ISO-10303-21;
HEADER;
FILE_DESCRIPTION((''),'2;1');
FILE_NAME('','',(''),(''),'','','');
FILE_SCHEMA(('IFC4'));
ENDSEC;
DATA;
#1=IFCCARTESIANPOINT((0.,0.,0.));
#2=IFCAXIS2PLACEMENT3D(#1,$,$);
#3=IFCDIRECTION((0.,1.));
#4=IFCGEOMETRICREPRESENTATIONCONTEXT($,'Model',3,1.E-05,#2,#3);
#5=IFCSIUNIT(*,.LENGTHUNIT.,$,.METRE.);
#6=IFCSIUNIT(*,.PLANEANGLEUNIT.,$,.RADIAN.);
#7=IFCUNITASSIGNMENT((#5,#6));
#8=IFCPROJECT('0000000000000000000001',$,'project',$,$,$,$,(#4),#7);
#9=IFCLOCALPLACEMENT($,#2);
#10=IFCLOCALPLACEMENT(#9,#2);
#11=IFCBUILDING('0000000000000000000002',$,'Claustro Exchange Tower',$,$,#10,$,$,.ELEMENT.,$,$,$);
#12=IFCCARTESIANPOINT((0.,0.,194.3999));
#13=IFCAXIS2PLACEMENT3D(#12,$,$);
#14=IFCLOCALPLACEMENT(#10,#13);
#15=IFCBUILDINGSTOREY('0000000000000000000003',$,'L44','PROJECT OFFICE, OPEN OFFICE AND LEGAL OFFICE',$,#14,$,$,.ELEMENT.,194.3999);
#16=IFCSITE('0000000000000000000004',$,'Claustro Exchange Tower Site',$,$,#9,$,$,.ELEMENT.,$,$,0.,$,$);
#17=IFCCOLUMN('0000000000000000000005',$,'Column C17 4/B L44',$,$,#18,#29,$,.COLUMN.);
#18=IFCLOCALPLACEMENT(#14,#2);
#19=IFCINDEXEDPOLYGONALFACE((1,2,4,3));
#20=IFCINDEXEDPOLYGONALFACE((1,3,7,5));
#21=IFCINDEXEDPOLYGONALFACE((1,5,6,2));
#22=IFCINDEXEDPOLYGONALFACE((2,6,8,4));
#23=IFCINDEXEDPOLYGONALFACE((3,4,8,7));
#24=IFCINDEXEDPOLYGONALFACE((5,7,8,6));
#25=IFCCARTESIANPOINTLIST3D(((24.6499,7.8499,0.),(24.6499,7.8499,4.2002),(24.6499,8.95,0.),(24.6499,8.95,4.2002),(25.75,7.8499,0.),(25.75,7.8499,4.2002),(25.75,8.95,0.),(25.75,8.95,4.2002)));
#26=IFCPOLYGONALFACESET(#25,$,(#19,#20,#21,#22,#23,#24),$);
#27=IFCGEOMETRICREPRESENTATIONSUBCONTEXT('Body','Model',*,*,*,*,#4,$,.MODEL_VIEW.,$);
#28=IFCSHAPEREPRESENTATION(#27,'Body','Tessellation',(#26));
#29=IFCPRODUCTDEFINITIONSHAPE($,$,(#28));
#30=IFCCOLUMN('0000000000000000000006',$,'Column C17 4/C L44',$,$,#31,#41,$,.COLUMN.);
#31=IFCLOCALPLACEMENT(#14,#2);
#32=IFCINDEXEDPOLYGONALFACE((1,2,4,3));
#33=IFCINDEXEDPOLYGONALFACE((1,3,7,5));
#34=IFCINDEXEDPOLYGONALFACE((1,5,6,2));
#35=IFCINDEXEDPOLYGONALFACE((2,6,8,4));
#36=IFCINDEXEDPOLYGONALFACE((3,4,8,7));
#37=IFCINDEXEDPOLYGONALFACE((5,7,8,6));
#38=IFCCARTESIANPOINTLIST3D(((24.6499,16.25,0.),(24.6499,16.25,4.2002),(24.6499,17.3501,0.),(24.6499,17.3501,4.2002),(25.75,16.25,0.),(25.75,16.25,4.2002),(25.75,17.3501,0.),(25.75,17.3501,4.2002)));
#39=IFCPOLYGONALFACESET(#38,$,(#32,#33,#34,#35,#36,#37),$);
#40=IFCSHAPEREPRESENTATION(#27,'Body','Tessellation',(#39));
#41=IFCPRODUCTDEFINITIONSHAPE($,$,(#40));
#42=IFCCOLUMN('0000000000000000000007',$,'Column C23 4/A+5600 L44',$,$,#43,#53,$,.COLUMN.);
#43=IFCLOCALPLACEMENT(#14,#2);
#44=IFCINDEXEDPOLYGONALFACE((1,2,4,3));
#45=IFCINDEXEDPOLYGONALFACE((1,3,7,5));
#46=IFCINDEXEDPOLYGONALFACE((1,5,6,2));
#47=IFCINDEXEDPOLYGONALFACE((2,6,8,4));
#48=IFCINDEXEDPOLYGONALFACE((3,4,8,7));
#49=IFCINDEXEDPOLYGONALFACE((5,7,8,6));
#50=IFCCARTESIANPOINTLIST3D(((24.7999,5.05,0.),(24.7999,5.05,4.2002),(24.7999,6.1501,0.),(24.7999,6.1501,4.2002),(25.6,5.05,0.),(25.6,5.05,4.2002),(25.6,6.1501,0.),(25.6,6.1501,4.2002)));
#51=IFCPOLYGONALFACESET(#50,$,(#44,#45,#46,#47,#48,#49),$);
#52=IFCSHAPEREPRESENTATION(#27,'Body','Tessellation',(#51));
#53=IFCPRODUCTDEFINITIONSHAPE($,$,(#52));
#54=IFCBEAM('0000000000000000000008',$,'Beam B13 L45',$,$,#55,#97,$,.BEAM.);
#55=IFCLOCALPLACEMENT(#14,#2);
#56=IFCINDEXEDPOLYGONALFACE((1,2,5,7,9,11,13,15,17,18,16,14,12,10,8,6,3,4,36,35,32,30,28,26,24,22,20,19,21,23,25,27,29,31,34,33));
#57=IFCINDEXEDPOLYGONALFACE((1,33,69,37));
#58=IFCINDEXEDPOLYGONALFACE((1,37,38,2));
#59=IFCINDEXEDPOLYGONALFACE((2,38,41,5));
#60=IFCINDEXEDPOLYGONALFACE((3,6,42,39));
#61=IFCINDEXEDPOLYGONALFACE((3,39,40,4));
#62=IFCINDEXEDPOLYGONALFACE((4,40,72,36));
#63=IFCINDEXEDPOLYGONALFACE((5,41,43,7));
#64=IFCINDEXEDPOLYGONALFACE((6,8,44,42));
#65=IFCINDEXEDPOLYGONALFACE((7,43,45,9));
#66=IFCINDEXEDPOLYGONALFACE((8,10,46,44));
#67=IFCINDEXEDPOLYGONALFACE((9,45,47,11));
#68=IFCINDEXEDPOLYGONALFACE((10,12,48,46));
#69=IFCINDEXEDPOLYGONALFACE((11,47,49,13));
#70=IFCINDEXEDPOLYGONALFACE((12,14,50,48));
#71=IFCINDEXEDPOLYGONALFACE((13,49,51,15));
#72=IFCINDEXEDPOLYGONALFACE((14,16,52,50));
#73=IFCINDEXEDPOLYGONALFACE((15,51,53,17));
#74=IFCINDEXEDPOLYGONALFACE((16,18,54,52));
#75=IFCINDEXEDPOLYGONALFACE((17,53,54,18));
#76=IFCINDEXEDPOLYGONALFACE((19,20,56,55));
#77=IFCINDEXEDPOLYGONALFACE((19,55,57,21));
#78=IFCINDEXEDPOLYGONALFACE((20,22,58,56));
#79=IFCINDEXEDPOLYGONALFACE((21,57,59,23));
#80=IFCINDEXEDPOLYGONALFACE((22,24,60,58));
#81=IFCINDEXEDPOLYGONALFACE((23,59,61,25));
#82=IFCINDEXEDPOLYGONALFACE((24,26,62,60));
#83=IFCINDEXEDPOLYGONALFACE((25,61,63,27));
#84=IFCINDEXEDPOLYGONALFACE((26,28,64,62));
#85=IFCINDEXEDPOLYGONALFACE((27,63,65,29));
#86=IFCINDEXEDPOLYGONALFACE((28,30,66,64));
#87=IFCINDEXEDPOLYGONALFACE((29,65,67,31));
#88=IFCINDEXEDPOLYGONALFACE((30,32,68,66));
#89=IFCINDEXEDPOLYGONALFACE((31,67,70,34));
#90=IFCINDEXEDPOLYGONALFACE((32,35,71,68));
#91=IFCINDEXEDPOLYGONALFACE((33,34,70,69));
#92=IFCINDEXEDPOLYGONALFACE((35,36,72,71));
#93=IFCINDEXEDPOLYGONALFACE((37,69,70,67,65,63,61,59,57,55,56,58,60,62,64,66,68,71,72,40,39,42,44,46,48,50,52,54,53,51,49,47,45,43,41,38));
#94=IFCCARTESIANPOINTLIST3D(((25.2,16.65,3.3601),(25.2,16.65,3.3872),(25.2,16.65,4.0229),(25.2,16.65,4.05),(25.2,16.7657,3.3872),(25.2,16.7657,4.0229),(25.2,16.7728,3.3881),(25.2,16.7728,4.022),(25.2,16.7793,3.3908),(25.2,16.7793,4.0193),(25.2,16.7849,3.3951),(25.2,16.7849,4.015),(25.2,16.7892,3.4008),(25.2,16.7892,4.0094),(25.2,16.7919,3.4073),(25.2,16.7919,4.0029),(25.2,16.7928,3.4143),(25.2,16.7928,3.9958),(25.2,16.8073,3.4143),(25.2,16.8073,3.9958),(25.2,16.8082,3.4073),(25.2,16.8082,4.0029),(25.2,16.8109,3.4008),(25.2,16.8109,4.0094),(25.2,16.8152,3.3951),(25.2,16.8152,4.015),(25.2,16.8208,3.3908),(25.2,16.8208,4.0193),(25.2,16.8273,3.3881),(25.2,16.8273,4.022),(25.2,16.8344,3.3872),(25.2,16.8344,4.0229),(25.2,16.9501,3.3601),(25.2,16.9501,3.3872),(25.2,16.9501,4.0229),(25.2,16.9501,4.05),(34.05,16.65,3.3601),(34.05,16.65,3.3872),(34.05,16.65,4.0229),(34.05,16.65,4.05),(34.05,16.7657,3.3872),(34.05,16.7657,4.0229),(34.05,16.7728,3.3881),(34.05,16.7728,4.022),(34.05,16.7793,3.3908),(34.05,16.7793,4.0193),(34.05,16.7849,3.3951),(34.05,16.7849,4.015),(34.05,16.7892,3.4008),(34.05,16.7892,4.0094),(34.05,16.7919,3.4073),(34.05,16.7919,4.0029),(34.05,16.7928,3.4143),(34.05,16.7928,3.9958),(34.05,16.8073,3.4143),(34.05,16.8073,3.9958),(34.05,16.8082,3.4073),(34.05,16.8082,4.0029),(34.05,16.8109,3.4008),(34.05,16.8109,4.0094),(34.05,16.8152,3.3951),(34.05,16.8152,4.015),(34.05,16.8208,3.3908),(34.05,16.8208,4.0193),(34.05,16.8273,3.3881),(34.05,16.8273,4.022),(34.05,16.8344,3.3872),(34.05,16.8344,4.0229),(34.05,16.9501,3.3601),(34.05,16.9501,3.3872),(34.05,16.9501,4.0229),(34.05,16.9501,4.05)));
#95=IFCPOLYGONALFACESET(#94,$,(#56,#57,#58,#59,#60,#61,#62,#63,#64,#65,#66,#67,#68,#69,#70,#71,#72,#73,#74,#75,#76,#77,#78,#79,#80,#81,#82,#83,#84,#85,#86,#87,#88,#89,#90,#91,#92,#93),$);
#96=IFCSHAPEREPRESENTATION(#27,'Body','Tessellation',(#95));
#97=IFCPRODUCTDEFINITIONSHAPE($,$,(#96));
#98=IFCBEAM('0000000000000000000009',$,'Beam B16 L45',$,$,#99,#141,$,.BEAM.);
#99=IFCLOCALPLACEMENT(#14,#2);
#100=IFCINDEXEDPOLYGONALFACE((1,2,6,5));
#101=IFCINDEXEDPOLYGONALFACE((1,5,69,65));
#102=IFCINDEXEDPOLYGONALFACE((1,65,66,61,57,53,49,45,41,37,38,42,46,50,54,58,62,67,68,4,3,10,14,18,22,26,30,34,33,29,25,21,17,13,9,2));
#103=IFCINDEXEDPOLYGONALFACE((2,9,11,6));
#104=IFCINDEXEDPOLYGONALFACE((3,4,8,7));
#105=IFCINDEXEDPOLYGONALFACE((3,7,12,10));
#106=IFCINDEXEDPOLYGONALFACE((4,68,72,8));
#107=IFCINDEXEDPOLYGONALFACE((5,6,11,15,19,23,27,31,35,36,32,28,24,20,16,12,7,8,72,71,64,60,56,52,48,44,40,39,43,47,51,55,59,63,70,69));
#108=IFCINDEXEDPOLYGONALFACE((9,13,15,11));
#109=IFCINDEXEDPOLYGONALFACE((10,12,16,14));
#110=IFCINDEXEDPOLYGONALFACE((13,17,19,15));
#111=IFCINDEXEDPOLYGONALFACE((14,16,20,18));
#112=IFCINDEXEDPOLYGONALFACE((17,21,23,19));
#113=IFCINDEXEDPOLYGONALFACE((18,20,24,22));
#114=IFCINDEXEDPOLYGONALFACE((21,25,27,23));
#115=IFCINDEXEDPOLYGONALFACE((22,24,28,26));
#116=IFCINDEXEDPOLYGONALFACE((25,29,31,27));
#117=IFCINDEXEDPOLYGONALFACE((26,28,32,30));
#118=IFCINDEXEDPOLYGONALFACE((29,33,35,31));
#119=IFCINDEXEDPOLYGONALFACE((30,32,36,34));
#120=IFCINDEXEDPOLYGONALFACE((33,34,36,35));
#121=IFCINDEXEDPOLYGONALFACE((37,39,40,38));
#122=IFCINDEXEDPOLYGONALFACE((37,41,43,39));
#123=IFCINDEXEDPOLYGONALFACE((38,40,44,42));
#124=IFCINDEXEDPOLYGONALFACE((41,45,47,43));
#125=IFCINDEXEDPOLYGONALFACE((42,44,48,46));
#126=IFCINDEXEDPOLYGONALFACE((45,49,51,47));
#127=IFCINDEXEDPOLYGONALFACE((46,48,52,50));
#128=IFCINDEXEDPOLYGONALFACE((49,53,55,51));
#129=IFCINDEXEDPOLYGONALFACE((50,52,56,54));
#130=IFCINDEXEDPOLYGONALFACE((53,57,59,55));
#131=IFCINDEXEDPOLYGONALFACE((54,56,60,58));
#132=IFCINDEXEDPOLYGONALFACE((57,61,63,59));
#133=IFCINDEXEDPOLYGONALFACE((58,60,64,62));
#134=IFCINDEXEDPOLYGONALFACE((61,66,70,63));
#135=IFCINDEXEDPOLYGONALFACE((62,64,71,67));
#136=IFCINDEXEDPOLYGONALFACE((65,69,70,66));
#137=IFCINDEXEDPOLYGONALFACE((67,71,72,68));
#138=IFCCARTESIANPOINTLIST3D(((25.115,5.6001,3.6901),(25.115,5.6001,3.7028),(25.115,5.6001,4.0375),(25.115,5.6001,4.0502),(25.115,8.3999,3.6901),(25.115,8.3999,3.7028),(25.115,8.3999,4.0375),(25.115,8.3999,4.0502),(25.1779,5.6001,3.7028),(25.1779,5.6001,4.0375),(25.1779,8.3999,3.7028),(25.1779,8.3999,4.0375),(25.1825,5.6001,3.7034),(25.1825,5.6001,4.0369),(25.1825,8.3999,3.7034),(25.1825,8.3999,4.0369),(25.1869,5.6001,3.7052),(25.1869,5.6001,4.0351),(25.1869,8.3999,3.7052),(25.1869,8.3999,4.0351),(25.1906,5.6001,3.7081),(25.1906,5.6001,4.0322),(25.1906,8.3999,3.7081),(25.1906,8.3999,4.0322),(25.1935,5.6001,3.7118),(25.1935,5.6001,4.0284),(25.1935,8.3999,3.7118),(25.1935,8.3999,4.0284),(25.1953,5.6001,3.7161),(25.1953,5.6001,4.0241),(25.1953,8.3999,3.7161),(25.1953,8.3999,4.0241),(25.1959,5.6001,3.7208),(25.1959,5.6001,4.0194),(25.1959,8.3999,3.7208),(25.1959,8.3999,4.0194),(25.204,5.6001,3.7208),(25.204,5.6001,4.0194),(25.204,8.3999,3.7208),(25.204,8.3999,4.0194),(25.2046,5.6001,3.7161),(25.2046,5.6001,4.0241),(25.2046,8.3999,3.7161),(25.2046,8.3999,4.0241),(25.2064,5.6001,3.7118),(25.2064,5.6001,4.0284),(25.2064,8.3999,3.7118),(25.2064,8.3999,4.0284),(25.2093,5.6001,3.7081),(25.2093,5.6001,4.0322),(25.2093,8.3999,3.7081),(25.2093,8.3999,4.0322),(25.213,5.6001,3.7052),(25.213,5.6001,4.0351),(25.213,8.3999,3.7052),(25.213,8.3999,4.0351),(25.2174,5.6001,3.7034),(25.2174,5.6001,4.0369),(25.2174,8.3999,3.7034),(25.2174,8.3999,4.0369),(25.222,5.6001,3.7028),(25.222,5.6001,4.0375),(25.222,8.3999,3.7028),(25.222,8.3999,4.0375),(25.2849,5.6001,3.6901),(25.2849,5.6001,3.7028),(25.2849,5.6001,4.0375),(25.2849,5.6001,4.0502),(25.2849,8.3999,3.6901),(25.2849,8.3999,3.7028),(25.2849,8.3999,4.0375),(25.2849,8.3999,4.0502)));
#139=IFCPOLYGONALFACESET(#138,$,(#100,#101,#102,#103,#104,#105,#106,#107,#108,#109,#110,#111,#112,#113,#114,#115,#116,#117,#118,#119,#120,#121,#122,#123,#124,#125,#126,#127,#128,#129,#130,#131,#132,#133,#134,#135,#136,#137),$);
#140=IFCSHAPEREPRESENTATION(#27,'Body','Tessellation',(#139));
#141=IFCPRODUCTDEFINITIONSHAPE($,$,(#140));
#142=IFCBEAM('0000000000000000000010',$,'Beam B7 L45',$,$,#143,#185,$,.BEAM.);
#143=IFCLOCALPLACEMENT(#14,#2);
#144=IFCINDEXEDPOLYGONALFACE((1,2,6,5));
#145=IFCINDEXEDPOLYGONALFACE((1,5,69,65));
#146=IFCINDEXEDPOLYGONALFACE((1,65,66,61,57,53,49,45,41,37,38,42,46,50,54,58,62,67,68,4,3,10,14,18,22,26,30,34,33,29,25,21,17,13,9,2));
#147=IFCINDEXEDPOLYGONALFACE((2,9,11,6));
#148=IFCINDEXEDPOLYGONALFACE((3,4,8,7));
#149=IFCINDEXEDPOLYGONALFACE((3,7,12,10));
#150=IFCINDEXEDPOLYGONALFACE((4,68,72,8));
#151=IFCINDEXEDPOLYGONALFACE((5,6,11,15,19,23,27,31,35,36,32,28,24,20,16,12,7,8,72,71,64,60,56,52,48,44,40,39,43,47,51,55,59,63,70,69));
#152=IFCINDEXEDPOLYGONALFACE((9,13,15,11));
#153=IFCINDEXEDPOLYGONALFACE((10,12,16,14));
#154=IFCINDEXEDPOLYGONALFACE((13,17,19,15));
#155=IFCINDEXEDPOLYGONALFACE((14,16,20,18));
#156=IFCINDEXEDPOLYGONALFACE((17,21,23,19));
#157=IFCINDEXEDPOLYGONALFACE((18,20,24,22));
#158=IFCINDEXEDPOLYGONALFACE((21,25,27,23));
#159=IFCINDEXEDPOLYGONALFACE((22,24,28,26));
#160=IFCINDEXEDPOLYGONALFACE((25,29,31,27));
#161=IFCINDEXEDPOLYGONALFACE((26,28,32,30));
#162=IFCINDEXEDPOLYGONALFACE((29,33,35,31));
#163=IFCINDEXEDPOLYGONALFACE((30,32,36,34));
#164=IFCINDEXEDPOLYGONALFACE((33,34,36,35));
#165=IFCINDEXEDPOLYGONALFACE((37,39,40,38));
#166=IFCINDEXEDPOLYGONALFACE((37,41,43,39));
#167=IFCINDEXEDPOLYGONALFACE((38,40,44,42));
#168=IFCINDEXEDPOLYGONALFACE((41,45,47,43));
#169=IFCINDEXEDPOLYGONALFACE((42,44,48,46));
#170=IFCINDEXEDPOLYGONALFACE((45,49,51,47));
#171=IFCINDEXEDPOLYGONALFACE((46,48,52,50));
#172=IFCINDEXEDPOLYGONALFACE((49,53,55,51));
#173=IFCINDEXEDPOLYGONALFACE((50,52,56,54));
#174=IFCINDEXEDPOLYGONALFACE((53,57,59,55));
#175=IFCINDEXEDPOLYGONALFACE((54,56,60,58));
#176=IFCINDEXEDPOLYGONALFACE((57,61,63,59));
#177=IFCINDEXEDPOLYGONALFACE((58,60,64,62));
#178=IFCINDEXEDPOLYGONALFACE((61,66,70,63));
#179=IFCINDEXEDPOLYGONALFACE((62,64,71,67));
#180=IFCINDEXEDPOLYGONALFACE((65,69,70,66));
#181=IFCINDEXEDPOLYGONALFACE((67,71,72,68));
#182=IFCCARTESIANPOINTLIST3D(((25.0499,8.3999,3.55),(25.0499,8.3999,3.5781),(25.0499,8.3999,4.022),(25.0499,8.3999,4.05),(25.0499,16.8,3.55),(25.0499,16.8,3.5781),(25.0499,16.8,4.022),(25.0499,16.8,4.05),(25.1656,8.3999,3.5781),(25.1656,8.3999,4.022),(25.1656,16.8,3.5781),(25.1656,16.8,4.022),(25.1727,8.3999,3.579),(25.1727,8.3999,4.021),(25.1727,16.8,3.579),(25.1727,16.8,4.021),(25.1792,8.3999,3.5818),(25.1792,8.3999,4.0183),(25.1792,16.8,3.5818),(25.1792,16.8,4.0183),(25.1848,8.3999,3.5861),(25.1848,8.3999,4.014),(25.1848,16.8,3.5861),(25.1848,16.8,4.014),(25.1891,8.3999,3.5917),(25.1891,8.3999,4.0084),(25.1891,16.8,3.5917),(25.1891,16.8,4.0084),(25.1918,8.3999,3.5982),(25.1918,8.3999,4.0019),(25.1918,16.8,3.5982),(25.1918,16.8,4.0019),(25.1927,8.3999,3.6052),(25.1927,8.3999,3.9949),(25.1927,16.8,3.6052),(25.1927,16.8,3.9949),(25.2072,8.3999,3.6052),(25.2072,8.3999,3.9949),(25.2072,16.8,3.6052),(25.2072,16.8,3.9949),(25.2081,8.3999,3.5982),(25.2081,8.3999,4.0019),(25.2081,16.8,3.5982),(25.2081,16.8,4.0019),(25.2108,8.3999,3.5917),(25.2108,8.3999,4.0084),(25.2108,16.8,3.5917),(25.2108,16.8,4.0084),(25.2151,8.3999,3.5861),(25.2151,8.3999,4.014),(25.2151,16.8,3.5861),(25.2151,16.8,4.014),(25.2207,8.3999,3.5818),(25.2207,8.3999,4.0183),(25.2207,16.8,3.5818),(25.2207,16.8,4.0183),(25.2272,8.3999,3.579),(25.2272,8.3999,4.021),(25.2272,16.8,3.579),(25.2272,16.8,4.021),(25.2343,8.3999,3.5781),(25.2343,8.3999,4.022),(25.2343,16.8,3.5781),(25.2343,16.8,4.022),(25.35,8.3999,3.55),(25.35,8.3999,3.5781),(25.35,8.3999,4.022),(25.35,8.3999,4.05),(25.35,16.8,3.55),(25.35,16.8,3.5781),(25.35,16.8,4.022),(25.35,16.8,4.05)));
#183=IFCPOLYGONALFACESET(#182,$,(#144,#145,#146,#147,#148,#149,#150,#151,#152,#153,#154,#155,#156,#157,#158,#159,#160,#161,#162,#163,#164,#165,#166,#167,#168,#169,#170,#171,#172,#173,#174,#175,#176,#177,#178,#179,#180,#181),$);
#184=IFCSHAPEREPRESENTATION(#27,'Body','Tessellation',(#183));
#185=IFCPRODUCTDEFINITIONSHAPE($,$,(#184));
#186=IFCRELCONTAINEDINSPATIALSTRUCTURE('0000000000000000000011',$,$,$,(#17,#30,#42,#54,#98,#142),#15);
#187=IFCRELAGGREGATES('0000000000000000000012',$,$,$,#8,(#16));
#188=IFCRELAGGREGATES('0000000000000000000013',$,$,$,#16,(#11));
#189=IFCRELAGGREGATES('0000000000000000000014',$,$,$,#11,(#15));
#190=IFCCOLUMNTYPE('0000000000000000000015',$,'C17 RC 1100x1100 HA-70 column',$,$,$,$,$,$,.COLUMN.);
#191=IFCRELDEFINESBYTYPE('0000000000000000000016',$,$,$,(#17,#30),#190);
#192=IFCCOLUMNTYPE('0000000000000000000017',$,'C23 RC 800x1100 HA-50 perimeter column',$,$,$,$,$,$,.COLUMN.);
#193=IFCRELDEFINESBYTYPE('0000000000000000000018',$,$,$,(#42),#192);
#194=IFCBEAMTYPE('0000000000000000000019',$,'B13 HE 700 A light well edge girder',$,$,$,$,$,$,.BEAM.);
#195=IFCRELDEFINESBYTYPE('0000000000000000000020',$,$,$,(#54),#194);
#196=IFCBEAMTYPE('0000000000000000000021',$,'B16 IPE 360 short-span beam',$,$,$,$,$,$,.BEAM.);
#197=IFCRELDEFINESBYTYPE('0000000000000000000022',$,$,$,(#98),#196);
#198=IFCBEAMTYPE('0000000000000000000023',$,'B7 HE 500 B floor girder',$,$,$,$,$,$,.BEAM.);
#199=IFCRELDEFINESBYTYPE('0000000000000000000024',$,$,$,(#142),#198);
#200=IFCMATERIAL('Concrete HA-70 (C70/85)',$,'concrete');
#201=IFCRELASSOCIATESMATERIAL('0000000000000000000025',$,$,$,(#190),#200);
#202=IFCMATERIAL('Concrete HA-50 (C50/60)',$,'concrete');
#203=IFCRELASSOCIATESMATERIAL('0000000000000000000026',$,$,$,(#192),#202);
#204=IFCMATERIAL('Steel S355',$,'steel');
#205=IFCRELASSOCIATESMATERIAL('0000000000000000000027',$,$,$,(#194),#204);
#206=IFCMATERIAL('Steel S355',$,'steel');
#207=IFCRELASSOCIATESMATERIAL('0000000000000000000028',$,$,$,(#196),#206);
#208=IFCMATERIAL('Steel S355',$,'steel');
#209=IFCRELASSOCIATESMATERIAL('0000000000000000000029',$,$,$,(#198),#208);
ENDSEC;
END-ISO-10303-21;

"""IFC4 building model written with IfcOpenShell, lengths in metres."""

from ifc_helpers import new_model, si_unit, direction, frame, origin, origin_2d, place, context, subcontext, project, spatial, rectangle, i_section, extrude, material, material_profile, profile_set, type_object, element, save


model = new_model("IFC4")

# Units and contexts
model_context = context("Model", 3, precision=1e-05, world=origin(), true_north=direction((0.0, 1.0)))
body_context = subcontext(model_context, "Body", "Model", "MODEL_VIEW")
ifc_project = project(units=[si_unit("LENGTHUNIT", "METRE"), si_unit("PLANEANGLEUNIT", "RADIAN")], contexts=[model_context])

# Site, building, storey
site_placement = place(None, origin())
site = spatial("IfcSite", under=ifc_project, at=site_placement, Name="Claustro Exchange Tower Site", CompositionType="ELEMENT", RefElevation=0.0)
building_placement = place(site_placement, origin())
building = spatial("IfcBuilding", under=site, at=building_placement, Name="Claustro Exchange Tower", CompositionType="ELEMENT")
storey_placement = place(building_placement, frame((0.0, 0.0, 194.3999)))
storey = spatial("IfcBuildingStorey", under=building, at=storey_placement, Name="L44", Description="PROJECT OFFICE, OPEN OFFICE AND LEGAL OFFICE", CompositionType="ELEMENT", Elevation=194.3999)

# Columns
ifc_material_1 = material(Name="Concrete HA-70 (C70/85)", Category="concrete")
ifc_material_profile_1 = material_profile(ifc_material_1, rectangle(XDim=1.1001, YDim=1.1001, at=origin_2d()), Name="RC 1100x1100")
ifc_profile_set_1 = profile_set([ifc_material_profile_1], Name="Concrete HA-70 (C70/85)")
column_type_1 = type_object("IfcColumnType", Name="C17 RC 1100x1100 HA-70 column", PredefinedType="COLUMN", material=ifc_profile_set_1)
for number, where, z_axis, x_axis, name in (
    (1, (25.2, 8.3999, 0.0), (0.0, 0.0, 1.0), (1.0, 0.0, 0.0), "Column C17 4/B L44"),
    (2, (25.2, 16.8, 0.0), (0.0, 0.0, 1.0), (1.0, 0.0, 0.0), "Column C17 4/C L44"),
):
    element("IfcColumn", number, at=place(storey_placement, frame(where, z_axis=z_axis, x_axis=x_axis)), inside=storey, type_object=column_type_1, Name=name, PredefinedType="COLUMN", context=body_context, shape_type="SweptSolid", body=[
        extrude(rectangle(XDim=1.1001, YDim=1.1001, at=origin_2d()), origin(), (0.0, 0.0, 1.0), 4.2002),
    ])
ifc_material_2 = material(Name="Concrete HA-50 (C50/60)", Category="concrete")
ifc_material_profile_2 = material_profile(ifc_material_2, rectangle(XDim=0.8, YDim=1.1001, at=origin_2d()), Name="RC 800x1100")
ifc_profile_set_2 = profile_set([ifc_material_profile_2], Name="Concrete HA-50 (C50/60)")
column_type_2 = type_object("IfcColumnType", Name="C23 RC 800x1100 HA-50 perimeter column", PredefinedType="COLUMN", material=ifc_profile_set_2)
column_placement = place(storey_placement, frame((25.2, 5.6001, 0.0), z_axis=(0.0, 0.0, 1.0), x_axis=(1.0, 0.0, 0.0)))
element("IfcColumn", 3, at=column_placement, inside=storey, type_object=column_type_2, Name="Column C23 4/A+5600 L44", PredefinedType="COLUMN", context=body_context, shape_type="SweptSolid", body=[
    extrude(rectangle(XDim=0.8, YDim=1.1001, at=origin_2d()), origin(), (0.0, 0.0, 1.0), 4.2002),
])

# Beams
ifc_material_3 = material(Name="Steel S355", Category="steel")
ifc_material_profile_3 = material_profile(ifc_material_3, i_section(OverallWidth=0.3, OverallDepth=0.6899, WebThickness=0.0144, FlangeThickness=0.0271, FilletRadius=0.0271, at=origin_2d()), Name="HE 700 A")
ifc_profile_set_3 = profile_set([ifc_material_profile_3], Name="Steel S355")
beam_type_1 = type_object("IfcBeamType", Name="B13 HE 700 A light well edge girder", PredefinedType="BEAM", material=ifc_profile_set_3)
beam_1_placement = place(storey_placement, frame((25.2, 16.8, 3.7051), z_axis=(1.0, 0.0, 0.0), x_axis=(0.0, 1.0, 0.0)))
element("IfcBeam", 4, at=beam_1_placement, inside=storey, type_object=beam_type_1, Name="Beam B13 L45", PredefinedType="BEAM", context=body_context, shape_type="SweptSolid", body=[
    extrude(i_section(OverallWidth=0.3, OverallDepth=0.6899, WebThickness=0.0144, FlangeThickness=0.0271, FilletRadius=0.0271, at=origin_2d()), origin(), (0.0, 0.0, 1.0), 8.8501),
])
ifc_material_4 = material(Name="Steel S355", Category="steel")
ifc_material_profile_4 = material_profile(ifc_material_4, i_section(OverallWidth=0.1699, OverallDepth=0.3601, WebThickness=0.0081, FlangeThickness=0.0127, FilletRadius=0.0181, at=origin_2d()), Name="IPE 360")
ifc_profile_set_4 = profile_set([ifc_material_profile_4], Name="Steel S355")
beam_type_2 = type_object("IfcBeamType", Name="B16 IPE 360 short-span beam", PredefinedType="BEAM", material=ifc_profile_set_4)
beam_2_placement = place(storey_placement, frame((25.2, 5.6001, 3.8701), z_axis=(0.0, 1.0, 0.0), x_axis=(-1.0, 0.0, 0.0)))
element("IfcBeam", 5, at=beam_2_placement, inside=storey, type_object=beam_type_2, Name="Beam B16 L45", PredefinedType="BEAM", context=body_context, shape_type="SweptSolid", body=[
    extrude(i_section(OverallWidth=0.1699, OverallDepth=0.3601, WebThickness=0.0081, FlangeThickness=0.0127, FilletRadius=0.0181, at=origin_2d()), origin(), (0.0, 0.0, 1.0), 2.7998),
])
ifc_material_5 = material(Name="Steel S355", Category="steel")
ifc_material_profile_5 = material_profile(ifc_material_5, i_section(OverallWidth=0.3, OverallDepth=0.5, WebThickness=0.0144, FlangeThickness=0.0281, FilletRadius=0.0271, at=origin_2d()), Name="HE 500 B")
ifc_profile_set_5 = profile_set([ifc_material_profile_5], Name="Steel S355")
beam_type_3 = type_object("IfcBeamType", Name="B7 HE 500 B floor girder", PredefinedType="BEAM", material=ifc_profile_set_5)
for number, where, z_axis, x_axis, name in (
    (6, (25.2, 8.3999, 3.8), (0.0, 1.0, 0.0), (-1.0, 0.0, 0.0), "Beam B7 L45"),
):
    element("IfcBeam", number, at=place(storey_placement, frame(where, z_axis=z_axis, x_axis=x_axis)), inside=storey, type_object=beam_type_3, Name=name, PredefinedType="BEAM", context=body_context, shape_type="SweptSolid", body=[
        extrude(i_section(OverallWidth=0.3, OverallDepth=0.5, WebThickness=0.0144, FlangeThickness=0.0281, FilletRadius=0.0271, at=origin_2d()), origin(), (0.0, 0.0, 1.0), 8.4001),
    ])

save(model, "model.ifc")
